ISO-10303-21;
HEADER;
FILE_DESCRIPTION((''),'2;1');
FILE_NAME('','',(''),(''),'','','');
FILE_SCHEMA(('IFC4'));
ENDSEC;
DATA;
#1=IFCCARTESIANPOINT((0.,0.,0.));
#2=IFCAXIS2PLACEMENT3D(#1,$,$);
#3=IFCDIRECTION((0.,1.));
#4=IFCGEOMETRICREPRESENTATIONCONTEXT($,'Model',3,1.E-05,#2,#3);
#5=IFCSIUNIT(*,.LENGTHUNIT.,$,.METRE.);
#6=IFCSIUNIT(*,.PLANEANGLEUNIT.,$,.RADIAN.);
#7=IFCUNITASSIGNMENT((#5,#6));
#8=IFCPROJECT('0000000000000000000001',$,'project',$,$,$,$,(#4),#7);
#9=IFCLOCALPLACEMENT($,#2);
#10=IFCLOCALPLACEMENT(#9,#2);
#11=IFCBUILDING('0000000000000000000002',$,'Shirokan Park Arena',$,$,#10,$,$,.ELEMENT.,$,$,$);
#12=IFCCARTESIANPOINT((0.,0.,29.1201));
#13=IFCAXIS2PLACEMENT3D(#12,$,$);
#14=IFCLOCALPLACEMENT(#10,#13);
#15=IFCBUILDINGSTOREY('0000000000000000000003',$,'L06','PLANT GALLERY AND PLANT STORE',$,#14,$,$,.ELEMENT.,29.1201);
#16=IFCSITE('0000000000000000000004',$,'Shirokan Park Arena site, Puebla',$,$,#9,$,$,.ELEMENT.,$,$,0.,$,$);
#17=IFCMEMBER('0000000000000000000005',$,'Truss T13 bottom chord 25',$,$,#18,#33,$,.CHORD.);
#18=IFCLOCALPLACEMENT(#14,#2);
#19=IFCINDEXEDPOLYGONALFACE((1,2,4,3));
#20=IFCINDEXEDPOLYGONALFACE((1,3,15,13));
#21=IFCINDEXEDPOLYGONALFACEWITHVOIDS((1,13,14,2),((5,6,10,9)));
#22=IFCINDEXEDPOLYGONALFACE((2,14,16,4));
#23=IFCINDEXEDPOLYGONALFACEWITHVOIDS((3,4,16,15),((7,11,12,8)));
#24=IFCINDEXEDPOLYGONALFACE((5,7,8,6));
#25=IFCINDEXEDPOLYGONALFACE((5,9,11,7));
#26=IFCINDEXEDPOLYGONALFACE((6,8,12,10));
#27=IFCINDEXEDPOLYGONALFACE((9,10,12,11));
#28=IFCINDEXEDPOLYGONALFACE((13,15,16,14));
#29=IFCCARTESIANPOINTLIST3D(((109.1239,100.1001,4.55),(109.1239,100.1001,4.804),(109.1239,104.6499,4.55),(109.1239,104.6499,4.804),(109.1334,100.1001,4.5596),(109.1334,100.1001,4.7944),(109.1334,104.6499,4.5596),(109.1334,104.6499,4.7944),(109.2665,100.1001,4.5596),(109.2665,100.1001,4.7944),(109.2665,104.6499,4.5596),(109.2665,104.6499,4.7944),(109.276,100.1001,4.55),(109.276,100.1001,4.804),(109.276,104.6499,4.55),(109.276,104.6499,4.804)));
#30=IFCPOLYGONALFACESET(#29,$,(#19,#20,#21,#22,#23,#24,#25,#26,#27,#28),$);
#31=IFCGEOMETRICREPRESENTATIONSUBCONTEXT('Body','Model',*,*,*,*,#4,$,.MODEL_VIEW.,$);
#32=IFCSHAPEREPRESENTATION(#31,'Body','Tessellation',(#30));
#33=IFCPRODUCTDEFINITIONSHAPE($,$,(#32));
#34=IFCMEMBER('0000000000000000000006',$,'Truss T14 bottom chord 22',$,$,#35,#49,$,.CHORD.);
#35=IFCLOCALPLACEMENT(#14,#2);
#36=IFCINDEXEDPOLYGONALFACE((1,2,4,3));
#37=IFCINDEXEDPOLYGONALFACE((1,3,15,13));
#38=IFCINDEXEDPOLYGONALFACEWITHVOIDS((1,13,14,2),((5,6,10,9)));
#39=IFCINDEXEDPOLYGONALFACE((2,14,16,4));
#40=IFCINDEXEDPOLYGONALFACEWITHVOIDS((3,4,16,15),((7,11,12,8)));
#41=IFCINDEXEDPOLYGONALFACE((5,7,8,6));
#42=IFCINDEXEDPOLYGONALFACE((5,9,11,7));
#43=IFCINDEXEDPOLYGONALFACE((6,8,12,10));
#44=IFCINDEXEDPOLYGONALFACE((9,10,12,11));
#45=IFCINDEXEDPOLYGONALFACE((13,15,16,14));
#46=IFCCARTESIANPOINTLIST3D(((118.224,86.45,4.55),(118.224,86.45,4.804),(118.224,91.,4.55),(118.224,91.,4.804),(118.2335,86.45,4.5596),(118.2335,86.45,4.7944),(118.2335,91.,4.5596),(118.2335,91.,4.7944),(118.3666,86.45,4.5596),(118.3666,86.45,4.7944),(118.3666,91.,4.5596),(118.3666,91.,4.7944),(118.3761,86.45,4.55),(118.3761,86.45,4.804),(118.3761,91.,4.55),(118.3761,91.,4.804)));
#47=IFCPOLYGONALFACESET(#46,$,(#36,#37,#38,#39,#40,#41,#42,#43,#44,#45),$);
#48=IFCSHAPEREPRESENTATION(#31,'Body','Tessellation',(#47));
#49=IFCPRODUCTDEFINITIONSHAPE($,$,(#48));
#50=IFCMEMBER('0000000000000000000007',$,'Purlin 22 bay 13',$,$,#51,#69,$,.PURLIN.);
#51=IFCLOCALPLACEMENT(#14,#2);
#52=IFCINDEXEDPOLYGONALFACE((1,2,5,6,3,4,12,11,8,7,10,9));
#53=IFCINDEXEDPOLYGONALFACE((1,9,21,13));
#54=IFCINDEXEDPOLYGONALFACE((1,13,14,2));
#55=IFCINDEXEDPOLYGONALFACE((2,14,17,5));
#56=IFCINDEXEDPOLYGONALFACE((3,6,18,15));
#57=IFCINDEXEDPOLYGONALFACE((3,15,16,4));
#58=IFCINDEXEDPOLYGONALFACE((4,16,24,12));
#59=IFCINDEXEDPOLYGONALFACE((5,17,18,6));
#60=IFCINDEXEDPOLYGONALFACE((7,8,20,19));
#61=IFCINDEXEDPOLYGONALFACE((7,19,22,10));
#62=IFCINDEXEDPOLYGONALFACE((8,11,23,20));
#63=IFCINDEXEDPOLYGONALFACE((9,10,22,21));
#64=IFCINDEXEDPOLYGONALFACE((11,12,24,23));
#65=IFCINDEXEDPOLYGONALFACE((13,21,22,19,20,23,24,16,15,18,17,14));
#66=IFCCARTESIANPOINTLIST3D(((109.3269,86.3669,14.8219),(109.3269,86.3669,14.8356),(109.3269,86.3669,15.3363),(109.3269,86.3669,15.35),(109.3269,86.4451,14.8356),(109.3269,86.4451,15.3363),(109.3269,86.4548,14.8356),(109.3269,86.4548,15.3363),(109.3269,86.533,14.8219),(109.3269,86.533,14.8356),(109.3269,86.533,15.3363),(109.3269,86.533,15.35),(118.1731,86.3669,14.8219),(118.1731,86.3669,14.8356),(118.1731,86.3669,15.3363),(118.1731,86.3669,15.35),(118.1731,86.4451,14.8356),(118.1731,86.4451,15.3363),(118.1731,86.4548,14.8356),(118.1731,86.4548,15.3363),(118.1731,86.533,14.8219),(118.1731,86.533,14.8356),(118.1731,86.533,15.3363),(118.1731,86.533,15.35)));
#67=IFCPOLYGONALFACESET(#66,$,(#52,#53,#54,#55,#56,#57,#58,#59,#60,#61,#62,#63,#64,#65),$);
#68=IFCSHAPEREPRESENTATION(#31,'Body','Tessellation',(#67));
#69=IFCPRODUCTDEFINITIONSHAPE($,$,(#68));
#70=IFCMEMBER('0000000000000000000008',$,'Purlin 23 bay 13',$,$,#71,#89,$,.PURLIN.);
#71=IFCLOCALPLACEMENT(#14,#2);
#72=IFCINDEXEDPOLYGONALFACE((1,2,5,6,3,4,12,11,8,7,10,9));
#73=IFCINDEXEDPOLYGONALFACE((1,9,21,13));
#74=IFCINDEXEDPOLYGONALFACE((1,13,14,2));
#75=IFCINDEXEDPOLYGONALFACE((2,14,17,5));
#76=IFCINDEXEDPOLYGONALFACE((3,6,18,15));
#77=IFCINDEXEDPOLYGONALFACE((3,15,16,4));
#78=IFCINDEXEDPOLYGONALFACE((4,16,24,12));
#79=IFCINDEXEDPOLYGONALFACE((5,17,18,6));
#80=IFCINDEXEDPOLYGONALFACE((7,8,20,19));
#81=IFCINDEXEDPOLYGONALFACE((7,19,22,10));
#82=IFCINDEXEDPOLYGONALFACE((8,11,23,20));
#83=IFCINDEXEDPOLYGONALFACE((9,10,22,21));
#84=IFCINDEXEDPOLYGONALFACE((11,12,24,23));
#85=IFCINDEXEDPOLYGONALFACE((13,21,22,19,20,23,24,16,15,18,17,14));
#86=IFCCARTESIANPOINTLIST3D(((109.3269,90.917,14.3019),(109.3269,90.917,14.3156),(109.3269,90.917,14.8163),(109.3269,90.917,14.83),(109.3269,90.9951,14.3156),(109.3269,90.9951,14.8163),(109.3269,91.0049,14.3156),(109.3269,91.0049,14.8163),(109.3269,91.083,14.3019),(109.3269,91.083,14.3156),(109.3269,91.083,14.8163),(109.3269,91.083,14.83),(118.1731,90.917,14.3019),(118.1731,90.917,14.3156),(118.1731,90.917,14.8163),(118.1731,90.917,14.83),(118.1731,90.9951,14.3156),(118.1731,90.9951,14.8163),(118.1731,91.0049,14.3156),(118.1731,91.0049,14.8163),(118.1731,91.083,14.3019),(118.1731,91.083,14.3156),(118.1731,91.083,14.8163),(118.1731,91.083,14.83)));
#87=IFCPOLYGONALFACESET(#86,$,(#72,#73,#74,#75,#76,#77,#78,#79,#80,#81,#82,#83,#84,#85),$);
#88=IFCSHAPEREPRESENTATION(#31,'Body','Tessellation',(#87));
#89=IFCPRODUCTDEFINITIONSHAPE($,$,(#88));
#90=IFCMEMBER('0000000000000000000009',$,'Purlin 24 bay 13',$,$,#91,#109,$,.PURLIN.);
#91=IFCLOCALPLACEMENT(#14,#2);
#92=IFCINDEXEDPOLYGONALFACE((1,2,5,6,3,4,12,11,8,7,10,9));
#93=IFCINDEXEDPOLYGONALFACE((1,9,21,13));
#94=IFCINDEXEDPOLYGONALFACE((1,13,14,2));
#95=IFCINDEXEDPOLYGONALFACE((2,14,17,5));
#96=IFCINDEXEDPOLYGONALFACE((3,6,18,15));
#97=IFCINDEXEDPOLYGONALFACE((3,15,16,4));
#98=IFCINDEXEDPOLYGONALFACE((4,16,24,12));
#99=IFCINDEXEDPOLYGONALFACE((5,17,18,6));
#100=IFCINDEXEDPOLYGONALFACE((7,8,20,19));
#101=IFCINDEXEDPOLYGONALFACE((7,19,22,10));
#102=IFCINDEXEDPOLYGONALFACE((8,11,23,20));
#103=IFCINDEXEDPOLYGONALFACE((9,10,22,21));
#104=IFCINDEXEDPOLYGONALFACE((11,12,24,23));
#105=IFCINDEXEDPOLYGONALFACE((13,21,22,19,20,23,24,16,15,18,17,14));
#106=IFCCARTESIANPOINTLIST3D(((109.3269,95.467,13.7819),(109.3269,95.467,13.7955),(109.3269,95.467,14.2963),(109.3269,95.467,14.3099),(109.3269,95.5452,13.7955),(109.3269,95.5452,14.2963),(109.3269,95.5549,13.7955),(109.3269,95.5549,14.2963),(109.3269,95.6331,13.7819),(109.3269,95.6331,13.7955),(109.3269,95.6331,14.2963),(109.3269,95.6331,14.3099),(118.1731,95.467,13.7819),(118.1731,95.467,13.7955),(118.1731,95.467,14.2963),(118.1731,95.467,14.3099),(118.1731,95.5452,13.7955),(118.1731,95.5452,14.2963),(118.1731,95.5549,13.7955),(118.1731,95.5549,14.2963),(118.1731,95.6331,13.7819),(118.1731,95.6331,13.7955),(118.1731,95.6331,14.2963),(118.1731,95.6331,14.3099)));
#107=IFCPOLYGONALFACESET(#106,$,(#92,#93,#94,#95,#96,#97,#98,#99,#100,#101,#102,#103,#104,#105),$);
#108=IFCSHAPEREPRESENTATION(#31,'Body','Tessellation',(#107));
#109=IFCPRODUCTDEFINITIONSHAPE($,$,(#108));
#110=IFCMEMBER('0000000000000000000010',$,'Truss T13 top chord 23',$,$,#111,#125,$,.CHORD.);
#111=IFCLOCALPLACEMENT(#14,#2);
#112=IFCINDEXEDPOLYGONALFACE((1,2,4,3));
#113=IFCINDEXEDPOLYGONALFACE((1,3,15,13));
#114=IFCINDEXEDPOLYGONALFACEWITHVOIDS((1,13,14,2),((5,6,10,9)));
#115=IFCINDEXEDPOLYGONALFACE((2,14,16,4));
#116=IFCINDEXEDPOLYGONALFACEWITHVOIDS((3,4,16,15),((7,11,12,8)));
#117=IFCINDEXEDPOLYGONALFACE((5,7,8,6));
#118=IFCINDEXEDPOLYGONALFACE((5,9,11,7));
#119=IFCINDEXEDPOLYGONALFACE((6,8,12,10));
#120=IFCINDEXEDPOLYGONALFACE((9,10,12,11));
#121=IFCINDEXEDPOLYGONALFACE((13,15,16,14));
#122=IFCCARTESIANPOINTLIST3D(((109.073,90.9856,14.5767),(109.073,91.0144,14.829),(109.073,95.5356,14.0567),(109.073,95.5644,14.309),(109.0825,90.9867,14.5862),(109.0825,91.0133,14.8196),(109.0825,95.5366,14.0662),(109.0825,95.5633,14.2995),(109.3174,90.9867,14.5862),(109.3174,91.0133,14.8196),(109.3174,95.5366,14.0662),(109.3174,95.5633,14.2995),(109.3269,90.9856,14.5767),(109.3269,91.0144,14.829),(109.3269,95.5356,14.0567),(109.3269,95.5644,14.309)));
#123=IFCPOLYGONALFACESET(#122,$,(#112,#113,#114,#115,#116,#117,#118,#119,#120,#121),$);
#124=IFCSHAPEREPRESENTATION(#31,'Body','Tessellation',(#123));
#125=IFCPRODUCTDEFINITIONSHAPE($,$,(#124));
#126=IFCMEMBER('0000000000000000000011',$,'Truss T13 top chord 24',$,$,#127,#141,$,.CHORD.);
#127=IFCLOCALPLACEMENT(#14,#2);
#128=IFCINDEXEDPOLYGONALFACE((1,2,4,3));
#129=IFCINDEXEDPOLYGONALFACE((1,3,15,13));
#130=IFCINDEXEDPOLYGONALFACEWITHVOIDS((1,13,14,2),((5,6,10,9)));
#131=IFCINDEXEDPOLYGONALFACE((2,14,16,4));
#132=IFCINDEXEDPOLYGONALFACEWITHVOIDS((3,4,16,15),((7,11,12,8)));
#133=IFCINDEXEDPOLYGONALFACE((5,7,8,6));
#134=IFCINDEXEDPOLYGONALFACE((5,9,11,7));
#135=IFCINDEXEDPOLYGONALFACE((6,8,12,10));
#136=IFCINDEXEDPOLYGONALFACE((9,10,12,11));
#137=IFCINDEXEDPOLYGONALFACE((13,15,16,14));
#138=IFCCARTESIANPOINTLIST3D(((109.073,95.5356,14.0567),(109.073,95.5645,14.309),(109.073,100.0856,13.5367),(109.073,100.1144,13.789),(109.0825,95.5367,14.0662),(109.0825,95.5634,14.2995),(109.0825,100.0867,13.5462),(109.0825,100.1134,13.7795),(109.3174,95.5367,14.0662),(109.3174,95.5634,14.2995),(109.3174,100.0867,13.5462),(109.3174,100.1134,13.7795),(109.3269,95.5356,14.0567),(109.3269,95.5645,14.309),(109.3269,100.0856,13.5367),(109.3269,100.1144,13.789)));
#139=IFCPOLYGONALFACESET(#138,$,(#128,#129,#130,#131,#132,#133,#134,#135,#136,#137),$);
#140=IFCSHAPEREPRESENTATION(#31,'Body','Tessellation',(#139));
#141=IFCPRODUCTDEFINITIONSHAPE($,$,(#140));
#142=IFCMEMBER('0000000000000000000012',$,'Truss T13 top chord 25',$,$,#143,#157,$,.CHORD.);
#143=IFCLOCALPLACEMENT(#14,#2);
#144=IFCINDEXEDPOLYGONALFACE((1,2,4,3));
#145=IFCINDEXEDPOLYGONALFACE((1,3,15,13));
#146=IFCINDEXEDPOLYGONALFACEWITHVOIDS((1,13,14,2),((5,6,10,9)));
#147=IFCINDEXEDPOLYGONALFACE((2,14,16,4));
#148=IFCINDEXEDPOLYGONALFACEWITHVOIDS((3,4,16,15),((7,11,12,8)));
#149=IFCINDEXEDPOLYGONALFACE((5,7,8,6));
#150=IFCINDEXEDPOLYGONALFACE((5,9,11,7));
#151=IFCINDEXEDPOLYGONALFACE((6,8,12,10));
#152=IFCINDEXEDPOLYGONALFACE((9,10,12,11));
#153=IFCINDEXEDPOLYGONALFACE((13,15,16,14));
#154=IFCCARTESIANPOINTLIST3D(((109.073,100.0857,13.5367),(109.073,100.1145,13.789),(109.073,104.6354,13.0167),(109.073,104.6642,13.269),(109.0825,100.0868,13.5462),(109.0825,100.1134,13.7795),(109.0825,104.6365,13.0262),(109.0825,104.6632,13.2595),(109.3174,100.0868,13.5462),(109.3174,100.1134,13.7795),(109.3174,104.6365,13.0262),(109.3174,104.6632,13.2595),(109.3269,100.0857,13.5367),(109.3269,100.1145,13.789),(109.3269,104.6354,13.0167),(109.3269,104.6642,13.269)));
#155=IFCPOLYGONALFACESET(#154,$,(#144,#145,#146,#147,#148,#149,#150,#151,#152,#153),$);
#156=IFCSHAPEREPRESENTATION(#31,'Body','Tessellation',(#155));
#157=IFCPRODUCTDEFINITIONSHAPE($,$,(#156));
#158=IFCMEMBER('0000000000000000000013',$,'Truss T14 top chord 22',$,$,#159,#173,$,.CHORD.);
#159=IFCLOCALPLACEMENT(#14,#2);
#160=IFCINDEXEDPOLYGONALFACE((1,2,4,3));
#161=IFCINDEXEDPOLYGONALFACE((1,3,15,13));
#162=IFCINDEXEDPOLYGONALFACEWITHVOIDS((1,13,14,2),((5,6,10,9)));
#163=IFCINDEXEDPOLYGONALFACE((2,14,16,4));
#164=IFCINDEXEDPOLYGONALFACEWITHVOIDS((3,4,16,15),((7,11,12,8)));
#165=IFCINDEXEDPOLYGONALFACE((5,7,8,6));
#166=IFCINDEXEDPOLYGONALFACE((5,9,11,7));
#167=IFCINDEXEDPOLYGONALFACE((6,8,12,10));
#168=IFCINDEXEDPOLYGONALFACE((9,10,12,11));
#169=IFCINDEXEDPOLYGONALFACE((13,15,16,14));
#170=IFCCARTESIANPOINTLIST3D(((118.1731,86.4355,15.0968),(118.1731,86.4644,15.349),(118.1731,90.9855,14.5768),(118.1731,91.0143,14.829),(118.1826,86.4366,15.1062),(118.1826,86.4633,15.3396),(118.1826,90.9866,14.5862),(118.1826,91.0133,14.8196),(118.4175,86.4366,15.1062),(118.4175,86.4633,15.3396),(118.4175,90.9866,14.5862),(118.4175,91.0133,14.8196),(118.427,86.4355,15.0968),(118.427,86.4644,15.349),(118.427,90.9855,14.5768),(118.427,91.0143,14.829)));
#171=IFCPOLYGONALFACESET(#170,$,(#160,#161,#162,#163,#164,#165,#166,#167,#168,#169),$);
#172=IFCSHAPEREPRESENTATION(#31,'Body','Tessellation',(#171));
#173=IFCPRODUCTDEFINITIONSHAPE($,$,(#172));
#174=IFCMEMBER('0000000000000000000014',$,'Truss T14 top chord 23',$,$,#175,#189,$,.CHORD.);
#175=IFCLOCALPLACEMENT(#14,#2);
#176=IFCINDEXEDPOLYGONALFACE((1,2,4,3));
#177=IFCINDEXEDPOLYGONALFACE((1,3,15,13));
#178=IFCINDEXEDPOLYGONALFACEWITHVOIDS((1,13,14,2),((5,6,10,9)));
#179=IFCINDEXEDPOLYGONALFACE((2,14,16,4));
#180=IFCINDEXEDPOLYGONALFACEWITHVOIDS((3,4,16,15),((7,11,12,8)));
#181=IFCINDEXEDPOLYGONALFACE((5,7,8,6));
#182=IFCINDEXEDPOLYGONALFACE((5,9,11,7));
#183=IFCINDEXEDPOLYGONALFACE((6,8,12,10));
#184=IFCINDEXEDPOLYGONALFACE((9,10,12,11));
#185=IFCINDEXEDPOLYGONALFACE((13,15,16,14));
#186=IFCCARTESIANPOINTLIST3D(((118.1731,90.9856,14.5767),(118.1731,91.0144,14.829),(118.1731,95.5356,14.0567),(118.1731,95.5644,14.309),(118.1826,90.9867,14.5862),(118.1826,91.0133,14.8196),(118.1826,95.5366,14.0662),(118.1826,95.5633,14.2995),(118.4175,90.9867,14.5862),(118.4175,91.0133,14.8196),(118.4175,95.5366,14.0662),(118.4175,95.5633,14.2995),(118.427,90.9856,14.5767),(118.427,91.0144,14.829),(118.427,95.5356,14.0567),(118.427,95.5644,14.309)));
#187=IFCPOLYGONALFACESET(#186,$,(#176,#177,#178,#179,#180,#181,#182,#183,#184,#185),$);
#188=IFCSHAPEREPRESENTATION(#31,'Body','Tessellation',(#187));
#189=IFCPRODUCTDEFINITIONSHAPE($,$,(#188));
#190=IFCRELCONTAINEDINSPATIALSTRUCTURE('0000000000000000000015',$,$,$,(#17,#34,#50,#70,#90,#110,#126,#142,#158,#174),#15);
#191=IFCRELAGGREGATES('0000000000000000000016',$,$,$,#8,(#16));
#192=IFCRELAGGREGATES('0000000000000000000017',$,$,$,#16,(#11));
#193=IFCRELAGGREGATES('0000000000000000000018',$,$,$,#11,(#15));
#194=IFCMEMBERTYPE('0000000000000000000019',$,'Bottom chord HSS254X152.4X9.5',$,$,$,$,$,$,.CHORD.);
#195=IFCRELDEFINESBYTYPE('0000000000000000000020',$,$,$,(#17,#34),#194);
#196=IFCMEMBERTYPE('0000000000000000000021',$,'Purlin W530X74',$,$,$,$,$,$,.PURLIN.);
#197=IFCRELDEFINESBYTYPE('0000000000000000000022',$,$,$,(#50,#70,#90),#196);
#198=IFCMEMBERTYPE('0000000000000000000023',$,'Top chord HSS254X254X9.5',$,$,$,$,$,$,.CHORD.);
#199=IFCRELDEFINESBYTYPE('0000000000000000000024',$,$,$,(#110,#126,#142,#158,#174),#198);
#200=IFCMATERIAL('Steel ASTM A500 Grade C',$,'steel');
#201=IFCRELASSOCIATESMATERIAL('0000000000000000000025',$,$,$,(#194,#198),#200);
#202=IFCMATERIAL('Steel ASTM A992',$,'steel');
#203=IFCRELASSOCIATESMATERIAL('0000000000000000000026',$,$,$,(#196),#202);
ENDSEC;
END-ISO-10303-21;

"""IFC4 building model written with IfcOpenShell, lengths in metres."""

from ifc_helpers import new_model, si_unit, direction, frame, origin, origin_2d, place, context, subcontext, project, spatial, hollow_rectangle, i_section, extrude, material, material_profile, profile_set, type_object, element, save


model = new_model("IFC4")

# Units and contexts
model_context = context("Model", 3, precision=1e-05, world=origin(), true_north=direction((0.0, 1.0)))
body_context = subcontext(model_context, "Body", "Model", "MODEL_VIEW")
ifc_project = project(units=[si_unit("LENGTHUNIT", "METRE"), si_unit("PLANEANGLEUNIT", "RADIAN")], contexts=[model_context])

# Site, building, storey
site_placement = place(None, origin())
site = spatial("IfcSite", under=ifc_project, at=site_placement, Name="Shirokan Park Arena site, Puebla", CompositionType="ELEMENT", RefElevation=0.0)
building_placement = place(site_placement, origin())
building = spatial("IfcBuilding", under=site, at=building_placement, Name="Shirokan Park Arena", CompositionType="ELEMENT")
storey_placement = place(building_placement, frame((0.0, 0.0, 29.1201)))
storey = spatial("IfcBuildingStorey", under=building, at=storey_placement, Name="L06", Description="PLANT GALLERY AND PLANT STORE", CompositionType="ELEMENT", Elevation=29.1201)

# Members
ifc_material_1 = material(Name="Steel ASTM A500 Grade C", Category="steel")
ifc_material_profile_1 = material_profile(ifc_material_1, hollow_rectangle(XDim=0.1521, YDim=0.2539, WallThickness=0.0095, at=origin_2d()), Name="HSS254X152.4X9.5")
ifc_profile_set_1 = profile_set([ifc_material_profile_1], Name="Steel ASTM A500 Grade C")
member_type_1 = type_object("IfcMemberType", Name="Bottom chord HSS254X152.4X9.5", PredefinedType="CHORD", material=ifc_profile_set_1)
member_1_placement = place(storey_placement, frame((109.2, 100.1001, 4.677), z_axis=(0.0, 1.0, 0.0), x_axis=(-1.0, 0.0, 0.0)))
element("IfcMember", 1, at=member_1_placement, inside=storey, type_object=member_type_1, Name="Truss T13 bottom chord 25", PredefinedType="CHORD", context=body_context, shape_type="SweptSolid", body=[
    extrude(hollow_rectangle(XDim=0.1521, YDim=0.2539, WallThickness=0.0095, at=origin_2d()), origin(), (0.0, 0.0, 1.0), 4.5498),
])
member_2_placement = place(storey_placement, frame((118.3, 86.45, 4.677), z_axis=(0.0, 1.0, 0.0), x_axis=(-1.0, 0.0, 0.0)))
element("IfcMember", 2, at=member_2_placement, inside=storey, type_object=member_type_1, Name="Truss T14 bottom chord 22", PredefinedType="CHORD", context=body_context, shape_type="SweptSolid", body=[
    extrude(hollow_rectangle(XDim=0.1521, YDim=0.2539, WallThickness=0.0095, at=origin_2d()), origin(), (0.0, 0.0, 1.0), 4.55),
])
ifc_material_2 = material(Name="Steel ASTM A992", Category="steel")
ifc_material_profile_2 = material_profile(ifc_material_2, i_section(OverallWidth=0.166, OverallDepth=0.5281, WebThickness=0.0098, FlangeThickness=0.0137, at=origin_2d()), Name="W530X74")
ifc_profile_set_2 = profile_set([ifc_material_profile_2], Name="Steel ASTM A992")
member_type_2 = type_object("IfcMemberType", Name="Purlin W530X74", PredefinedType="PURLIN", material=ifc_profile_set_2)
for number, where, z_axis, x_axis, name in (
    (3, (109.3269, 86.45, 15.0859), (1.0, 0.0, 0.0), (0.0, 1.0, 0.0), "Purlin 22 bay 13"),
    (4, (109.3269, 91.0, 14.5659), (1.0, 0.0, 0.0), (0.0, 1.0, 0.0), "Purlin 23 bay 13"),
    (5, (109.3269, 95.55, 14.0459), (1.0, 0.0, 0.0), (0.0, 1.0, 0.0), "Purlin 24 bay 13"),
):
    element("IfcMember", number, at=place(storey_placement, frame(where, z_axis=z_axis, x_axis=x_axis)), inside=storey, type_object=member_type_2, Name=name, PredefinedType="PURLIN", context=body_context, shape_type="SweptSolid", body=[
        extrude(i_section(OverallWidth=0.166, OverallDepth=0.5281, WebThickness=0.0098, FlangeThickness=0.0137, at=origin_2d()), origin(), (0.0, 0.0, 1.0), 8.8462),
    ])
ifc_material_profile_3 = material_profile(ifc_material_1, hollow_rectangle(XDim=0.2539, YDim=0.2539, WallThickness=0.0095, at=origin_2d()), Name="HSS254X254X9.5")
ifc_profile_set_3 = profile_set([ifc_material_profile_3], Name="Steel ASTM A500 Grade C")
member_type_3 = type_object("IfcMemberType", Name="Top chord HSS254X254X9.5", PredefinedType="CHORD", material=ifc_profile_set_3)
for number, where, z_axis, x_axis, name in (
    (6, (109.2, 91.0, 14.7029), (0.0, 0.993532, -0.11355), (-1.0, 0.0, 0.0), "Truss T13 top chord 23"),
    (7, (109.2, 95.55, 14.1829), (0.0, 0.993532, -0.11355), (-1.0, 0.0, 0.0), "Truss T13 top chord 24"),
):
    element("IfcMember", number, at=place(storey_placement, frame(where, z_axis=z_axis, x_axis=x_axis)), inside=storey, type_object=member_type_3, Name=name, PredefinedType="CHORD", context=body_context, shape_type="SweptSolid", body=[
        extrude(hollow_rectangle(XDim=0.2539, YDim=0.2539, WallThickness=0.0095, at=origin_2d()), origin(), (0.0, 0.0, 1.0), 4.5796),
    ])
member_3_placement = place(storey_placement, frame((109.2, 100.1001, 13.6628), z_axis=(0.0, 0.993532, -0.113556), x_axis=(-1.0, 0.0, 0.0)))
element("IfcMember", 8, at=member_3_placement, inside=storey, type_object=member_type_3, Name="Truss T13 top chord 25", PredefinedType="CHORD", context=body_context, shape_type="SweptSolid", body=[
    extrude(hollow_rectangle(XDim=0.2539, YDim=0.2539, WallThickness=0.0095, at=origin_2d()), origin(), (0.0, 0.0, 1.0), 4.5793),
])
for number, where, z_axis, x_axis, name in (
    (9, (118.3, 86.45, 15.2229), (0.0, 0.993532, -0.11355), (-1.0, 0.0, 0.0), "Truss T14 top chord 22"),
    (10, (118.3, 91.0, 14.7029), (0.0, 0.993532, -0.11355), (-1.0, 0.0, 0.0), "Truss T14 top chord 23"),
):
    element("IfcMember", number, at=place(storey_placement, frame(where, z_axis=z_axis, x_axis=x_axis)), inside=storey, type_object=member_type_3, Name=name, PredefinedType="CHORD", context=body_context, shape_type="SweptSolid", body=[
        extrude(hollow_rectangle(XDim=0.2539, YDim=0.2539, WallThickness=0.0095, at=origin_2d()), origin(), (0.0, 0.0, 1.0), 4.5796),
    ])

save(model, "model.ifc")
